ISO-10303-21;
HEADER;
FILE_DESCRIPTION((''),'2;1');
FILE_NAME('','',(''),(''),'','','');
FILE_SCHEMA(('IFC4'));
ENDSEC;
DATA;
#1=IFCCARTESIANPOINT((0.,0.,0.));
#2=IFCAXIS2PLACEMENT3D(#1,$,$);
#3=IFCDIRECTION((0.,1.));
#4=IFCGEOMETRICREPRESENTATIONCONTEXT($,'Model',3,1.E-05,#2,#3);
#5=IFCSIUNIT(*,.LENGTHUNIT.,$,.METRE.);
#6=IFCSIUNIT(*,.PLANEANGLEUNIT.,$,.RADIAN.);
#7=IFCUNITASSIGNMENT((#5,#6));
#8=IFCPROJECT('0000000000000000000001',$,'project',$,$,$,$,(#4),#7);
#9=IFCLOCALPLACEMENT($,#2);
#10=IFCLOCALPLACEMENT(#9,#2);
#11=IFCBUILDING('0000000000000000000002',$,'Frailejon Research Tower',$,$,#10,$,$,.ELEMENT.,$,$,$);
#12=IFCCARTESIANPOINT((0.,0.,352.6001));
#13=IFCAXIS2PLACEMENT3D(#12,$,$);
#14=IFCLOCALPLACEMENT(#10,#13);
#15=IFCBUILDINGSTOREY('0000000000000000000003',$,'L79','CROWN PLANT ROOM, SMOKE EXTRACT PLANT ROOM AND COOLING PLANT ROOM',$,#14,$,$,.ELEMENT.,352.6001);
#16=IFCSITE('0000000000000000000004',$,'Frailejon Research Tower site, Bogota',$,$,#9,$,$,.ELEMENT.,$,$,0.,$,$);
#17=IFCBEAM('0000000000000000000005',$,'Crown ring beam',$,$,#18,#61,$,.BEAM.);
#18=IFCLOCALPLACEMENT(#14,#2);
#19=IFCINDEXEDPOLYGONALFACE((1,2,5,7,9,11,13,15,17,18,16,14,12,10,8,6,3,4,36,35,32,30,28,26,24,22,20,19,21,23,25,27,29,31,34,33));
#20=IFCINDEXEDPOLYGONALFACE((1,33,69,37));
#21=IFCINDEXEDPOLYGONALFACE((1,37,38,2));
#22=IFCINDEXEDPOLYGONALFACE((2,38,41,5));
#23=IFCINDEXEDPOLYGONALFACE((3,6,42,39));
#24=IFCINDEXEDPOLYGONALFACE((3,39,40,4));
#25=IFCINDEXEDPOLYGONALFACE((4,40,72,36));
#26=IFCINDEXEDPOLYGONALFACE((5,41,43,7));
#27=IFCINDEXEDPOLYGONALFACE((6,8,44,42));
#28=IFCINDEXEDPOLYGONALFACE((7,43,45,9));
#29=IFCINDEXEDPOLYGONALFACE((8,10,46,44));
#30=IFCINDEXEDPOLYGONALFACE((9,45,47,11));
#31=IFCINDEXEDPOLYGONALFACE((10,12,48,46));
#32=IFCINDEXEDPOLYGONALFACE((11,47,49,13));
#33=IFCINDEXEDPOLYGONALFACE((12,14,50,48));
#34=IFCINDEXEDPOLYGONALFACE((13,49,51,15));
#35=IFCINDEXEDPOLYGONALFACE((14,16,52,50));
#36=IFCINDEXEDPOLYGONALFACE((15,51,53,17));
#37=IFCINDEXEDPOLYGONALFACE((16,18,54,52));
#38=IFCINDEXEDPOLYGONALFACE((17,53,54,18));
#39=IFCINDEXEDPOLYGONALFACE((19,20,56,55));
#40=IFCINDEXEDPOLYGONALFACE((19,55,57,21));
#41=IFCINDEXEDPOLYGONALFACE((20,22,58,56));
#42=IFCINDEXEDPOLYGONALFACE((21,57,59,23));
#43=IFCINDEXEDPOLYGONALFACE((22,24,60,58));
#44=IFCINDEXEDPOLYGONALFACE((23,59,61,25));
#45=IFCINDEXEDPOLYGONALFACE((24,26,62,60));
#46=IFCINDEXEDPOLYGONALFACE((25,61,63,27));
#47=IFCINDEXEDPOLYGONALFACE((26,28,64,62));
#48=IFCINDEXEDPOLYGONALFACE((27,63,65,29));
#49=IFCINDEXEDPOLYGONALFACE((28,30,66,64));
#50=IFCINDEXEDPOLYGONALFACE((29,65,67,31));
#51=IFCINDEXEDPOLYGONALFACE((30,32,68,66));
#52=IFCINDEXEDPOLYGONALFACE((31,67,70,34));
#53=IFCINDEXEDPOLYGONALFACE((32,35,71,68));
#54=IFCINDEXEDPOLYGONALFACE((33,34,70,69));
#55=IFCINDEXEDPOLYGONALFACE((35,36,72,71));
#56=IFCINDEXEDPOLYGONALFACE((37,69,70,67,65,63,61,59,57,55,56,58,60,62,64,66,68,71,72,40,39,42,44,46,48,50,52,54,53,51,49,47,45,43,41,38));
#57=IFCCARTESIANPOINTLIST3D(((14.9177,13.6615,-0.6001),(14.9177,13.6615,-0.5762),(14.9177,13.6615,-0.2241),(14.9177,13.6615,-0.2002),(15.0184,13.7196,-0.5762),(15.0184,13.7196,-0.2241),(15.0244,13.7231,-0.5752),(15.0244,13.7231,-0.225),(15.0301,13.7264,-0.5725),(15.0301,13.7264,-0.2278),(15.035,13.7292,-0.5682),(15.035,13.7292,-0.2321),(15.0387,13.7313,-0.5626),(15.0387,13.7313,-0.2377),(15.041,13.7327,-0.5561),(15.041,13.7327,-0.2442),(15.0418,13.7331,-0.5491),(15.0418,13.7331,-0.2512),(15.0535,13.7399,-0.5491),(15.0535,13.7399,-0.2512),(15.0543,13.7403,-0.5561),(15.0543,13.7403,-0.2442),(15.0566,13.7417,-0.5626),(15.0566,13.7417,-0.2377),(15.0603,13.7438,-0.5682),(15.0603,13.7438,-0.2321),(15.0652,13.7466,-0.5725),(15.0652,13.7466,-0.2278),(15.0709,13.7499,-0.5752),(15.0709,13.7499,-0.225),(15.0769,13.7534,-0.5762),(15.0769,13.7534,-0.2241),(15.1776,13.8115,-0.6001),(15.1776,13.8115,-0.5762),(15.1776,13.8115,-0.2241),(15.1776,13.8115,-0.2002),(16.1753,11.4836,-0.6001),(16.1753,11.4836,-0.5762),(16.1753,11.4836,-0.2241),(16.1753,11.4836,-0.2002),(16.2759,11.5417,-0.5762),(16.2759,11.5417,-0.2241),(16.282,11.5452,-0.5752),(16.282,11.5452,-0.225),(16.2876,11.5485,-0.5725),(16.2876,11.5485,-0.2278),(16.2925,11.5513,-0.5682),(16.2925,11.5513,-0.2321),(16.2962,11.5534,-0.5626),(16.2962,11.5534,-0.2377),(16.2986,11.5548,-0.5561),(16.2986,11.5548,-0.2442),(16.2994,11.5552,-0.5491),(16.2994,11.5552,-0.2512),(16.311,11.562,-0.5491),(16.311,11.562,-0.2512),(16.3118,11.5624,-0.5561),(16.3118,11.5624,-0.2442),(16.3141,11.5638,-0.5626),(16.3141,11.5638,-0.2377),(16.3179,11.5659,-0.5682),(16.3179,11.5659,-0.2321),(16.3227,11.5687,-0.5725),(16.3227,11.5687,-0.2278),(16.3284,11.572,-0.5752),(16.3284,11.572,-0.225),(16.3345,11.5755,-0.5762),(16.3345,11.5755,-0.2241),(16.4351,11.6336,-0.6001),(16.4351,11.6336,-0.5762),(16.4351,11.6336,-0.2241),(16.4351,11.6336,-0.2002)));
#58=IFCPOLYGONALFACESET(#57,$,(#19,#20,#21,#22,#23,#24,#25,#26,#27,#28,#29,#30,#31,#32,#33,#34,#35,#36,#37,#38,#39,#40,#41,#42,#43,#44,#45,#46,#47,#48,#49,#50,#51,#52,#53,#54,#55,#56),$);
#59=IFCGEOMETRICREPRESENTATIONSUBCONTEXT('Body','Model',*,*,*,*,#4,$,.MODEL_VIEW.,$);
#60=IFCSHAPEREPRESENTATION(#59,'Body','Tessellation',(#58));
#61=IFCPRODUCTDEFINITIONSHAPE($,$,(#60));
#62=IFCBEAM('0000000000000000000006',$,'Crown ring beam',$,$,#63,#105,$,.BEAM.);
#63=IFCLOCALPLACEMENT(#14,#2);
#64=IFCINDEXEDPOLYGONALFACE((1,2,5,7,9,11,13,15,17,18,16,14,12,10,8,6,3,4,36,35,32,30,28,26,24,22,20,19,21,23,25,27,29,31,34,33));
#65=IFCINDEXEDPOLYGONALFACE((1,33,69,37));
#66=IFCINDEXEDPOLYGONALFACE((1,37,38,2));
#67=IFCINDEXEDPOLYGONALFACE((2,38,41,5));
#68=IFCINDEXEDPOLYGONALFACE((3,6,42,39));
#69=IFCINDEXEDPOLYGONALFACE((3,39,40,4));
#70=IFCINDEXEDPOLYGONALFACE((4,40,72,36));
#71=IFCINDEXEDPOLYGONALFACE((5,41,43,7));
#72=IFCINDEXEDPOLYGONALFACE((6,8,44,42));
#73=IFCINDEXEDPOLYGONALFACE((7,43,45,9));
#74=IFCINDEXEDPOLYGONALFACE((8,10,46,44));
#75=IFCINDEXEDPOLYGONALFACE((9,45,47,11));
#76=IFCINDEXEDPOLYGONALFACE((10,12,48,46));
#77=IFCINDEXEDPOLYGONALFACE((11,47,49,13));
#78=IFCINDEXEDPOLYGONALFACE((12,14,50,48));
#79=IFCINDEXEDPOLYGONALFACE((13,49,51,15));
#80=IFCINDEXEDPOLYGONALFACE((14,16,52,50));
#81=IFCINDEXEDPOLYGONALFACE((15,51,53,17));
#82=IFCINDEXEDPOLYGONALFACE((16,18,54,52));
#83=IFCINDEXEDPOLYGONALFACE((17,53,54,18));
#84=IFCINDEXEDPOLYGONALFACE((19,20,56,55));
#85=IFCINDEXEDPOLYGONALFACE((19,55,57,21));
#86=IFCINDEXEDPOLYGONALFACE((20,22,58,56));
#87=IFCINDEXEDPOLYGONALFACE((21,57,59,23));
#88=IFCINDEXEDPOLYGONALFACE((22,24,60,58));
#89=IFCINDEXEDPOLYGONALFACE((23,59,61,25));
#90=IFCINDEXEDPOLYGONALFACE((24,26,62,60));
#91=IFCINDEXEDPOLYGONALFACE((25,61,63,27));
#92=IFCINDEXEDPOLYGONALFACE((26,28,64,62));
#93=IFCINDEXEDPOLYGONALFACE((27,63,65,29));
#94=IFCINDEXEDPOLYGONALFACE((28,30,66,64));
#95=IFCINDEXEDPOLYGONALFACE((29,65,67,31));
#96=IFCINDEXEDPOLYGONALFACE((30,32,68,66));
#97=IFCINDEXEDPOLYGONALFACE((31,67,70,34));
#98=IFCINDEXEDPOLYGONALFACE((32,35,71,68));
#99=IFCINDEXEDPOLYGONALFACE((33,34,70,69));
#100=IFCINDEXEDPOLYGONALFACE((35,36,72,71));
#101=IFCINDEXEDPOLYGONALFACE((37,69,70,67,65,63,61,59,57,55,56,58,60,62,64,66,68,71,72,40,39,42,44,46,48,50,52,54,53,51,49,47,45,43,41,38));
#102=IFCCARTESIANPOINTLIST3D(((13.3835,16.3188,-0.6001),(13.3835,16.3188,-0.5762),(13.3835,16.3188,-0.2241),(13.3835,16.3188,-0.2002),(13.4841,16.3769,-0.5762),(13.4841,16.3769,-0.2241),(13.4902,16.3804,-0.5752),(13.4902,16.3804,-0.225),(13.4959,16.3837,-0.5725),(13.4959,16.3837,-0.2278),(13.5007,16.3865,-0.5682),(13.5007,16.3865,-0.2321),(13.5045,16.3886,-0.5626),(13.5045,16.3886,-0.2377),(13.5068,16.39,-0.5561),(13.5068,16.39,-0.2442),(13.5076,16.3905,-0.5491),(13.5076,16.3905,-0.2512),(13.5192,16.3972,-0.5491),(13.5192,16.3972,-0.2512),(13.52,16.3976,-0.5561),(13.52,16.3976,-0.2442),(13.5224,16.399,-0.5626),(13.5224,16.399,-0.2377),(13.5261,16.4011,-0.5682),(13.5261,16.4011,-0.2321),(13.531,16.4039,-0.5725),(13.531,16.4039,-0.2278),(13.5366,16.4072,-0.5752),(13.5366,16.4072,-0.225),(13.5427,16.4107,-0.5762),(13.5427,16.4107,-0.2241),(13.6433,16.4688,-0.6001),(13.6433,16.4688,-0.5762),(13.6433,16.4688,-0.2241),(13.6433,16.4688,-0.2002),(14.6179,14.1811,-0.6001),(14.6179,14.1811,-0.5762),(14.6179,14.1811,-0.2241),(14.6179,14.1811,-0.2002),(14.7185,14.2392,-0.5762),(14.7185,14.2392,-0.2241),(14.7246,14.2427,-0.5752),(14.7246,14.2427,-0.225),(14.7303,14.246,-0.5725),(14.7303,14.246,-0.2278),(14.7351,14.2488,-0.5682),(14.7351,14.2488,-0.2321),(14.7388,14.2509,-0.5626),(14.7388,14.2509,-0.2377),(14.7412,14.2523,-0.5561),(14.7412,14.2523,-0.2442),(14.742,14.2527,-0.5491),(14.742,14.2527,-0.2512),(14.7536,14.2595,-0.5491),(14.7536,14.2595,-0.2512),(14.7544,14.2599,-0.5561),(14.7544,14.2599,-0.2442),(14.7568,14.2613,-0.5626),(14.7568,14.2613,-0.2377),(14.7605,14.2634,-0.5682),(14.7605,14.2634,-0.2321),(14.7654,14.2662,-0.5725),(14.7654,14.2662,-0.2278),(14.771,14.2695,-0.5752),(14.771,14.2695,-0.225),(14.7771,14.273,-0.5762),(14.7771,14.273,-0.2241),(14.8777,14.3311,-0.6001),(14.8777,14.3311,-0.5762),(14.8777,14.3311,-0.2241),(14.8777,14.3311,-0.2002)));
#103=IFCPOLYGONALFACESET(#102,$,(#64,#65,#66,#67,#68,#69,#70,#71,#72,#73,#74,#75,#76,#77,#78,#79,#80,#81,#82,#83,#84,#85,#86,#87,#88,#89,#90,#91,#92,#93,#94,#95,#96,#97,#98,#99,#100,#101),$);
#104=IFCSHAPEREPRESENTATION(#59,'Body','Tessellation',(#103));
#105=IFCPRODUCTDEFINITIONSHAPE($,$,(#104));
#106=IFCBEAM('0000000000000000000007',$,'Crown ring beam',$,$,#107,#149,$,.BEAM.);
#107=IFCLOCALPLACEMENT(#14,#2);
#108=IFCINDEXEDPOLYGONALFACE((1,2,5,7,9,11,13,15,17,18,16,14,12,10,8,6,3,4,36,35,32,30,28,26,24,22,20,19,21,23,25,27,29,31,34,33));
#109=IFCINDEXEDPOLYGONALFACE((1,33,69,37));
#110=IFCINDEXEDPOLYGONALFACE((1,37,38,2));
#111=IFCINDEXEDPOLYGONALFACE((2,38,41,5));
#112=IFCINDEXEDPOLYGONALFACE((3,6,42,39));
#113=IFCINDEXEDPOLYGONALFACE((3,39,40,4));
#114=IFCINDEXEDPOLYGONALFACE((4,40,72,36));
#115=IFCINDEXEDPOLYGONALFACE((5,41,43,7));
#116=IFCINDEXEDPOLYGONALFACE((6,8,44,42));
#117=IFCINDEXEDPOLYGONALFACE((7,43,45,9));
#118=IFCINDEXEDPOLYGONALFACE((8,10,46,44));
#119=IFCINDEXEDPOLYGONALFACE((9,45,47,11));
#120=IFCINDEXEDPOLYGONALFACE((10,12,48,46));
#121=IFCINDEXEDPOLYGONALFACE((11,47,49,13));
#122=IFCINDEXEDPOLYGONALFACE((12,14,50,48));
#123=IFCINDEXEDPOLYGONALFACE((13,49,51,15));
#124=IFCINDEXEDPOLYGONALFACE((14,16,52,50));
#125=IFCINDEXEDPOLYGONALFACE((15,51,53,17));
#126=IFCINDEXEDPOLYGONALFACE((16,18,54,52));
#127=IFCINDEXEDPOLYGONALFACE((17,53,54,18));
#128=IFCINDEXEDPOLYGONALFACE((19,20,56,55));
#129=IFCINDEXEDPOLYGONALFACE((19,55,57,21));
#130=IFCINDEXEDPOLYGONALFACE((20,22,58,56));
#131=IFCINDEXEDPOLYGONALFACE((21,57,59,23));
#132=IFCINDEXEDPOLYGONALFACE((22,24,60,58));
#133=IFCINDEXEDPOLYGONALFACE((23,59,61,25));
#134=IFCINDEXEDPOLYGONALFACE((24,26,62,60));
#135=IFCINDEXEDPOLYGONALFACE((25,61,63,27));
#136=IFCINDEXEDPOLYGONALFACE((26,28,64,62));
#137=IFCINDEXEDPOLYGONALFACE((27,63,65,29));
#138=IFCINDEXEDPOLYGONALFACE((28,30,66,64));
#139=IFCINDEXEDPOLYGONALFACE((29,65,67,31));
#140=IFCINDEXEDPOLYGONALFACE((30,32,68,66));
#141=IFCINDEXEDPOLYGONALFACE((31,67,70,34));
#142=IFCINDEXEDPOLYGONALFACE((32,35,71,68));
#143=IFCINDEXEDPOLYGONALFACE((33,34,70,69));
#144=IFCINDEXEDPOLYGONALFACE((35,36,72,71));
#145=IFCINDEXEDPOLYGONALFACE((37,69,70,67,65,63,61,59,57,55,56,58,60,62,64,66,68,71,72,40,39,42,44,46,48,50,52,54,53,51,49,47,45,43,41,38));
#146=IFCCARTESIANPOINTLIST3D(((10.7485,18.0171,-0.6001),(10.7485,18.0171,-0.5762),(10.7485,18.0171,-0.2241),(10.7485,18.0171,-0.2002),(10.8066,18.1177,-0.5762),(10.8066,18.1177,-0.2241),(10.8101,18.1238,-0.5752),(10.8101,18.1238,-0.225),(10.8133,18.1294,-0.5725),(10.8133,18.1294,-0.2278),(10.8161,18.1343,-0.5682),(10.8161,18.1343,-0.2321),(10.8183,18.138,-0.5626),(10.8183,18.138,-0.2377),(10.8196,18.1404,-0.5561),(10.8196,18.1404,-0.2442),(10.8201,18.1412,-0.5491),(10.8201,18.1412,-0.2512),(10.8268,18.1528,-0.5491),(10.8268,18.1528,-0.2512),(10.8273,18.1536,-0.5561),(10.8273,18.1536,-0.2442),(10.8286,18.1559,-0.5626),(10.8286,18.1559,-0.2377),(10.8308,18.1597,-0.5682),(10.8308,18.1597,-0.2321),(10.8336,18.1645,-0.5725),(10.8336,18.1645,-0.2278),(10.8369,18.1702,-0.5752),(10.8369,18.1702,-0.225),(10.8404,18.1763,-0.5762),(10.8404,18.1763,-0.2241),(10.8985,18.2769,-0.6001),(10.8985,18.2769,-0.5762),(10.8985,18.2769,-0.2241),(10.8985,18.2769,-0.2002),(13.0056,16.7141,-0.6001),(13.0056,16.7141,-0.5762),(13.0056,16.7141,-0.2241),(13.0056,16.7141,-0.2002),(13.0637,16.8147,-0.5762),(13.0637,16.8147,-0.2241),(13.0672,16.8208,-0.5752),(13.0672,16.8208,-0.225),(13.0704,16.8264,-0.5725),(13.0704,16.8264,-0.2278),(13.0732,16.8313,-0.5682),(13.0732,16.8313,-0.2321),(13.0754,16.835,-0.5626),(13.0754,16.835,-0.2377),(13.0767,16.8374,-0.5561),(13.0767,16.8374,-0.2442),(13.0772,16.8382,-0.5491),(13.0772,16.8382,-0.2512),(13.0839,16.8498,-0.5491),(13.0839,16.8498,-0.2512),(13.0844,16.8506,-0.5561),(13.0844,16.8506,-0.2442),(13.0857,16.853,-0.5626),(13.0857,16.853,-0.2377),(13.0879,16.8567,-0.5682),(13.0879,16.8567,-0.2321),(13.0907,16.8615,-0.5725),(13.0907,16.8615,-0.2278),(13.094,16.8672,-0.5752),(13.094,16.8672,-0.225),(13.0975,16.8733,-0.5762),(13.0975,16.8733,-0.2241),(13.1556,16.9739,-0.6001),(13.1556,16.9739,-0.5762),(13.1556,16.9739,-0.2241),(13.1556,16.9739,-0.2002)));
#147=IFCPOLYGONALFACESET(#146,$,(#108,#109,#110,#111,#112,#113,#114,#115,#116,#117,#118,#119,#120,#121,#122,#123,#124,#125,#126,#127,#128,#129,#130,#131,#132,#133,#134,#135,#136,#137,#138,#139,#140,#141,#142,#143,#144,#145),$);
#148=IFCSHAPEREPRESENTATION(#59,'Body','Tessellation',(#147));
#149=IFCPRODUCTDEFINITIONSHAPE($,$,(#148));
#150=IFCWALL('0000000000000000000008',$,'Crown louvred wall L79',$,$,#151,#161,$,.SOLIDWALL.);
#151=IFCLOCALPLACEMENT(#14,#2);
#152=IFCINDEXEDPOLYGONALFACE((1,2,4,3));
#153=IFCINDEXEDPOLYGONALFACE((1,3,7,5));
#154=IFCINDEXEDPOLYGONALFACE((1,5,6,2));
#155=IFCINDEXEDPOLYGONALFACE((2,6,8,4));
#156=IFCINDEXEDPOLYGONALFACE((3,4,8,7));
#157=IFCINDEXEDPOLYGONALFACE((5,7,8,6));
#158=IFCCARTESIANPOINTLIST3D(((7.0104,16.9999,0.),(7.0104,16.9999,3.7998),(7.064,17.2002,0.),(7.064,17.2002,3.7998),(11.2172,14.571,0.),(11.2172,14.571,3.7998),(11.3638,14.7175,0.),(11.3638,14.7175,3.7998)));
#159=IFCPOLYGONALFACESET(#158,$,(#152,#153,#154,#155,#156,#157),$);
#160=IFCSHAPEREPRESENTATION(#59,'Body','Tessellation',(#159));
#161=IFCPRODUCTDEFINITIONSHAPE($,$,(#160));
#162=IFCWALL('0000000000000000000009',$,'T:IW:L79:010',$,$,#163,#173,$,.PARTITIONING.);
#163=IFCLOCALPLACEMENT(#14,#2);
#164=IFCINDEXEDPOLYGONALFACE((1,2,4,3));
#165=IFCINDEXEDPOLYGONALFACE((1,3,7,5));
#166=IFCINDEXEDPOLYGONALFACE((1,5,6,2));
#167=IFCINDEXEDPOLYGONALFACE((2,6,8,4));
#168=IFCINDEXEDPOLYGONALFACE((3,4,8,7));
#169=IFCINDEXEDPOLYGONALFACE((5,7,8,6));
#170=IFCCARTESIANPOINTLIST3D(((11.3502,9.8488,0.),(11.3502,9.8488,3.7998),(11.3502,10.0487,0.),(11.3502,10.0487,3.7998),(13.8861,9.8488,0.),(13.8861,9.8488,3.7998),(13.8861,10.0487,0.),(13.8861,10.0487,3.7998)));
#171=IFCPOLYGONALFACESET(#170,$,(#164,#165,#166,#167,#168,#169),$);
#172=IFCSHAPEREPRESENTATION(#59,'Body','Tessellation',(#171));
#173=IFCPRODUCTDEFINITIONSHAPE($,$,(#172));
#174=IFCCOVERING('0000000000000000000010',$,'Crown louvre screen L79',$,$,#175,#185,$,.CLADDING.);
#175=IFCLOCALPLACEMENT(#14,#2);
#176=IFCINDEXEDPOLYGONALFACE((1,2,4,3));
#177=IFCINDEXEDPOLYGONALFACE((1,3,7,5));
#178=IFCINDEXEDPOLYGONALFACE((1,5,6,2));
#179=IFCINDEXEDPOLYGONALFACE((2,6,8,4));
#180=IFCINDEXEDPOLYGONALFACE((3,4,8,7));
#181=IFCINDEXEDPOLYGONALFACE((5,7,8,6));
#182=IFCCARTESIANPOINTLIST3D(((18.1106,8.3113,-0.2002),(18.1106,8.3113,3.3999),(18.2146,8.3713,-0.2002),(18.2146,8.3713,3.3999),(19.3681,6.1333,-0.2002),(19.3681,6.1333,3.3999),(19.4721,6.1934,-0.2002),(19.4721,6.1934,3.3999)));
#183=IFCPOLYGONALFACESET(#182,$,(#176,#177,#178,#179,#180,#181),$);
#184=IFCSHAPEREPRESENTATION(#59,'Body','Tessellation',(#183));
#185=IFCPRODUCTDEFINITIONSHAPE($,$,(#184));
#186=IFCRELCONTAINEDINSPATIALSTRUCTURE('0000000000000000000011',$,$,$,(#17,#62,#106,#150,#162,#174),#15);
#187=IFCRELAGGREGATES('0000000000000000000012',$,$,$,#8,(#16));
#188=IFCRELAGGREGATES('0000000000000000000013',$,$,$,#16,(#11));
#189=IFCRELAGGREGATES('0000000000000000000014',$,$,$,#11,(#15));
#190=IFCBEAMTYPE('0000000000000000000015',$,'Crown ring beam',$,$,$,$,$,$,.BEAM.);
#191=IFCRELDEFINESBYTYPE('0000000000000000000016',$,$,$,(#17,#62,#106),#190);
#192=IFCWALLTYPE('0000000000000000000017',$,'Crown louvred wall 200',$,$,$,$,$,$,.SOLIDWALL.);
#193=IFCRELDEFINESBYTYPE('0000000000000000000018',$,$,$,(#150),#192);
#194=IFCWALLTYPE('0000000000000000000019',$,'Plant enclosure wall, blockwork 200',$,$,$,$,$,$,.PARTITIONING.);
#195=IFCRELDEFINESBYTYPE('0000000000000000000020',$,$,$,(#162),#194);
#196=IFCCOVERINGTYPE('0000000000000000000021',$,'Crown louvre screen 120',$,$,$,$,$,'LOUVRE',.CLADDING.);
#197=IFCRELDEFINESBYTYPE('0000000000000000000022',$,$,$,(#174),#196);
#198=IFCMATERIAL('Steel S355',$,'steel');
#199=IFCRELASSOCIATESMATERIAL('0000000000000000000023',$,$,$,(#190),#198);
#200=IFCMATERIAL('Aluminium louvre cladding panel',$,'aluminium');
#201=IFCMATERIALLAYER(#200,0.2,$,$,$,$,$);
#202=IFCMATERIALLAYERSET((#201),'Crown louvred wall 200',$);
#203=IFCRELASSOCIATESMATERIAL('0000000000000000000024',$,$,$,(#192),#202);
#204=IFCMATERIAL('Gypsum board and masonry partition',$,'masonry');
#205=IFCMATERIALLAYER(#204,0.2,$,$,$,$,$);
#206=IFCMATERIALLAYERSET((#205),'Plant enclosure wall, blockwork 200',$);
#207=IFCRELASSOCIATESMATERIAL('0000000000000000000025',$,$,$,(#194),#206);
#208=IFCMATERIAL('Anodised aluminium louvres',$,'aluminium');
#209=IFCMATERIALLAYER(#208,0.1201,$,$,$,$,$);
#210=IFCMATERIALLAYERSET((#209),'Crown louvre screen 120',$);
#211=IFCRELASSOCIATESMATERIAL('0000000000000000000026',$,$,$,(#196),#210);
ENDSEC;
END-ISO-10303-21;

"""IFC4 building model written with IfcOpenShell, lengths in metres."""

from ifc_helpers import new_model, si_unit, direction, frame, frame_2d, origin, origin_2d, place, context, subcontext, project, spatial, polyline, rectangle, i_section, outline, extrude, material, layer, layer_set, material_profile, profile_set, type_object, element, save


model = new_model("IFC4")

# Units and contexts
model_context = context("Model", 3, precision=1e-05, world=origin(), true_north=direction((0.0, 1.0)))
body_context = subcontext(model_context, "Body", "Model", "MODEL_VIEW")
ifc_project = project(units=[si_unit("LENGTHUNIT", "METRE"), si_unit("PLANEANGLEUNIT", "RADIAN")], contexts=[model_context])

# Site, building, storey
site_placement = place(None, origin())
site = spatial("IfcSite", under=ifc_project, at=site_placement, Name="Frailejon Research Tower site, Bogota", CompositionType="ELEMENT", RefElevation=0.0)
building_placement = place(site_placement, origin())
building = spatial("IfcBuilding", under=site, at=building_placement, Name="Frailejon Research Tower", CompositionType="ELEMENT")
storey_placement = place(building_placement, frame((0.0, 0.0, 352.6001)))
storey = spatial("IfcBuildingStorey", under=building, at=storey_placement, Name="L79", Description="CROWN PLANT ROOM, SMOKE EXTRACT PLANT ROOM AND COOLING PLANT ROOM", CompositionType="ELEMENT", Elevation=352.6001)

# Beams
ifc_material_1 = material(Name="Steel S355", Category="steel")
ifc_material_profile_1 = material_profile(ifc_material_1, i_section(OverallWidth=0.3, OverallDepth=0.3999, WebThickness=0.0134, FlangeThickness=0.0239, FilletRadius=0.0271, at=origin_2d()), Name="HE 400 B")
ifc_profile_set_1 = profile_set([ifc_material_profile_1], Name="Steel S355")
beam_type_1 = type_object("IfcBeamType", Name="Crown ring beam", PredefinedType="BEAM", material=ifc_profile_set_1)
for number, where, z_axis, x_axis, name in (
    (1, (16.3052, 11.5586, -0.4001), (-0.500033, 0.866006, 0.0), (-0.866006, -0.500033, 0.0), "Crown ring beam"),
):
    element("IfcBeam", number, at=place(storey_placement, frame(where, z_axis=z_axis, x_axis=x_axis)), inside=storey, type_object=beam_type_1, Name=name, PredefinedType="BEAM", context=body_context, shape_type="SweptSolid", body=[
        extrude(i_section(OverallWidth=0.3, OverallDepth=0.3999, WebThickness=0.0134, FlangeThickness=0.0239, FilletRadius=0.0271, at=origin_2d()), origin(), (0.0, 0.0, 1.0), 2.5149),
    ])
beam_1_placement = place(storey_placement, frame((14.7478, 14.2561, -0.4001), z_axis=(-0.500053, 0.865995, 0.0), x_axis=(-0.865995, -0.500053, 0.0)))
element("IfcBeam", 2, at=beam_1_placement, inside=storey, type_object=beam_type_1, Name="Crown ring beam", PredefinedType="BEAM", context=body_context, shape_type="SweptSolid", body=[
    extrude(i_section(OverallWidth=0.3, OverallDepth=0.3999, WebThickness=0.0134, FlangeThickness=0.0239, FilletRadius=0.0271, at=origin_2d()), origin(), (0.0, 0.0, 1.0), 2.4685),
])
beam_2_placement = place(storey_placement, frame((13.0806, 16.844, -0.4001), z_axis=(-0.86605, 0.499958, 0.0), x_axis=(-0.499958, -0.86605, 0.0)))
element("IfcBeam", 3, at=beam_2_placement, inside=storey, type_object=beam_type_1, Name="Crown ring beam", PredefinedType="BEAM", context=body_context, shape_type="SweptSolid", body=[
    extrude(i_section(OverallWidth=0.3, OverallDepth=0.3999, WebThickness=0.0134, FlangeThickness=0.0239, FilletRadius=0.0271, at=origin_2d()), origin(), (0.0, 0.0, 1.0), 2.6062),
])

# Walls
ifc_material_2 = material(Name="Aluminium louvre cladding panel", Category="aluminium")
ifc_layer_1 = layer(ifc_material_2, 0.2)
ifc_layer_set_1 = layer_set([ifc_layer_1], Name="Crown louvred wall 200")
wall_type_1 = type_object("IfcWallType", Name="Crown louvred wall 200", PredefinedType="SOLIDWALL", material=ifc_layer_set_1)
wall_1_placement = place(storey_placement, frame((11.2905, 14.6443, 0.0), z_axis=(0.0, 0.0, 1.0), x_axis=(-0.866017, 0.500015, 0.0)))
element("IfcWall", 4, at=wall_1_placement, inside=storey, type_object=wall_type_1, Name="Crown louvred wall L79", PredefinedType="SOLIDWALL", context=body_context, shape_type="SweptSolid", body=[
    extrude(outline(polyline([(-0.0269, -0.1001), (4.9382, -0.1001), (4.8845, 0.1001), (0.0269, 0.1001), (-0.0269, -0.1001)])), origin(), (0.0, 0.0, 1.0), 3.7998),
])
ifc_material_3 = material(Name="Gypsum board and masonry partition", Category="masonry")
ifc_layer_2 = layer(ifc_material_3, 0.2)
ifc_layer_set_2 = layer_set([ifc_layer_2], Name="Plant enclosure wall, blockwork 200")
wall_type_2 = type_object("IfcWallType", Name="Plant enclosure wall, blockwork 200", PredefinedType="PARTITIONING", material=ifc_layer_set_2)
wall_2_placement = place(storey_placement, frame((11.3501, 9.9487, 0.0), z_axis=(0.0, 0.0, 1.0), x_axis=(1.0, 0.0, 0.0)))
element("IfcWall", 5, at=wall_2_placement, inside=storey, type_object=wall_type_2, Name="T:IW:L79:010", PredefinedType="PARTITIONING", context=body_context, shape_type="SweptSolid", body=[
    extrude(rectangle(XDim=2.5359, YDim=0.2, at=frame_2d((1.2681, 0.0))), origin(), (0.0, 0.0, 1.0), 3.7998),
])

# Covering
ifc_material_4 = material(Name="Anodised aluminium louvres", Category="aluminium")
ifc_layer_3 = layer(ifc_material_4, 0.1201)
ifc_layer_set_3 = layer_set([ifc_layer_3], Name="Crown louvre screen 120")
covering_type = type_object("IfcCoveringType", Name="Crown louvre screen 120", ElementType="LOUVRE", PredefinedType="CLADDING", material=ifc_layer_set_3)
for number, where, z_axis, x_axis, name in (
    (6, (18.1626, 8.3413, -0.2002), (0.500009, -0.86602, 0.0), (0.86602, 0.500009, 0.0), "Crown louvre screen L79"),
):
    element("IfcCovering", number, at=place(storey_placement, frame(where, z_axis=z_axis, x_axis=x_axis)), inside=storey, type_object=covering_type, Name=name, PredefinedType="CLADDING", context=body_context, shape_type="SweptSolid", body=[
        extrude(outline(polyline([(-0.0601, 0.0), (0.0601, 0.0), (0.0601, 3.6001), (-0.0601, 3.6001), (-0.0601, 0.0)])), origin(), (0.0, 0.0, 1.0), 2.5149),
    ])

save(model, "model.ifc")
